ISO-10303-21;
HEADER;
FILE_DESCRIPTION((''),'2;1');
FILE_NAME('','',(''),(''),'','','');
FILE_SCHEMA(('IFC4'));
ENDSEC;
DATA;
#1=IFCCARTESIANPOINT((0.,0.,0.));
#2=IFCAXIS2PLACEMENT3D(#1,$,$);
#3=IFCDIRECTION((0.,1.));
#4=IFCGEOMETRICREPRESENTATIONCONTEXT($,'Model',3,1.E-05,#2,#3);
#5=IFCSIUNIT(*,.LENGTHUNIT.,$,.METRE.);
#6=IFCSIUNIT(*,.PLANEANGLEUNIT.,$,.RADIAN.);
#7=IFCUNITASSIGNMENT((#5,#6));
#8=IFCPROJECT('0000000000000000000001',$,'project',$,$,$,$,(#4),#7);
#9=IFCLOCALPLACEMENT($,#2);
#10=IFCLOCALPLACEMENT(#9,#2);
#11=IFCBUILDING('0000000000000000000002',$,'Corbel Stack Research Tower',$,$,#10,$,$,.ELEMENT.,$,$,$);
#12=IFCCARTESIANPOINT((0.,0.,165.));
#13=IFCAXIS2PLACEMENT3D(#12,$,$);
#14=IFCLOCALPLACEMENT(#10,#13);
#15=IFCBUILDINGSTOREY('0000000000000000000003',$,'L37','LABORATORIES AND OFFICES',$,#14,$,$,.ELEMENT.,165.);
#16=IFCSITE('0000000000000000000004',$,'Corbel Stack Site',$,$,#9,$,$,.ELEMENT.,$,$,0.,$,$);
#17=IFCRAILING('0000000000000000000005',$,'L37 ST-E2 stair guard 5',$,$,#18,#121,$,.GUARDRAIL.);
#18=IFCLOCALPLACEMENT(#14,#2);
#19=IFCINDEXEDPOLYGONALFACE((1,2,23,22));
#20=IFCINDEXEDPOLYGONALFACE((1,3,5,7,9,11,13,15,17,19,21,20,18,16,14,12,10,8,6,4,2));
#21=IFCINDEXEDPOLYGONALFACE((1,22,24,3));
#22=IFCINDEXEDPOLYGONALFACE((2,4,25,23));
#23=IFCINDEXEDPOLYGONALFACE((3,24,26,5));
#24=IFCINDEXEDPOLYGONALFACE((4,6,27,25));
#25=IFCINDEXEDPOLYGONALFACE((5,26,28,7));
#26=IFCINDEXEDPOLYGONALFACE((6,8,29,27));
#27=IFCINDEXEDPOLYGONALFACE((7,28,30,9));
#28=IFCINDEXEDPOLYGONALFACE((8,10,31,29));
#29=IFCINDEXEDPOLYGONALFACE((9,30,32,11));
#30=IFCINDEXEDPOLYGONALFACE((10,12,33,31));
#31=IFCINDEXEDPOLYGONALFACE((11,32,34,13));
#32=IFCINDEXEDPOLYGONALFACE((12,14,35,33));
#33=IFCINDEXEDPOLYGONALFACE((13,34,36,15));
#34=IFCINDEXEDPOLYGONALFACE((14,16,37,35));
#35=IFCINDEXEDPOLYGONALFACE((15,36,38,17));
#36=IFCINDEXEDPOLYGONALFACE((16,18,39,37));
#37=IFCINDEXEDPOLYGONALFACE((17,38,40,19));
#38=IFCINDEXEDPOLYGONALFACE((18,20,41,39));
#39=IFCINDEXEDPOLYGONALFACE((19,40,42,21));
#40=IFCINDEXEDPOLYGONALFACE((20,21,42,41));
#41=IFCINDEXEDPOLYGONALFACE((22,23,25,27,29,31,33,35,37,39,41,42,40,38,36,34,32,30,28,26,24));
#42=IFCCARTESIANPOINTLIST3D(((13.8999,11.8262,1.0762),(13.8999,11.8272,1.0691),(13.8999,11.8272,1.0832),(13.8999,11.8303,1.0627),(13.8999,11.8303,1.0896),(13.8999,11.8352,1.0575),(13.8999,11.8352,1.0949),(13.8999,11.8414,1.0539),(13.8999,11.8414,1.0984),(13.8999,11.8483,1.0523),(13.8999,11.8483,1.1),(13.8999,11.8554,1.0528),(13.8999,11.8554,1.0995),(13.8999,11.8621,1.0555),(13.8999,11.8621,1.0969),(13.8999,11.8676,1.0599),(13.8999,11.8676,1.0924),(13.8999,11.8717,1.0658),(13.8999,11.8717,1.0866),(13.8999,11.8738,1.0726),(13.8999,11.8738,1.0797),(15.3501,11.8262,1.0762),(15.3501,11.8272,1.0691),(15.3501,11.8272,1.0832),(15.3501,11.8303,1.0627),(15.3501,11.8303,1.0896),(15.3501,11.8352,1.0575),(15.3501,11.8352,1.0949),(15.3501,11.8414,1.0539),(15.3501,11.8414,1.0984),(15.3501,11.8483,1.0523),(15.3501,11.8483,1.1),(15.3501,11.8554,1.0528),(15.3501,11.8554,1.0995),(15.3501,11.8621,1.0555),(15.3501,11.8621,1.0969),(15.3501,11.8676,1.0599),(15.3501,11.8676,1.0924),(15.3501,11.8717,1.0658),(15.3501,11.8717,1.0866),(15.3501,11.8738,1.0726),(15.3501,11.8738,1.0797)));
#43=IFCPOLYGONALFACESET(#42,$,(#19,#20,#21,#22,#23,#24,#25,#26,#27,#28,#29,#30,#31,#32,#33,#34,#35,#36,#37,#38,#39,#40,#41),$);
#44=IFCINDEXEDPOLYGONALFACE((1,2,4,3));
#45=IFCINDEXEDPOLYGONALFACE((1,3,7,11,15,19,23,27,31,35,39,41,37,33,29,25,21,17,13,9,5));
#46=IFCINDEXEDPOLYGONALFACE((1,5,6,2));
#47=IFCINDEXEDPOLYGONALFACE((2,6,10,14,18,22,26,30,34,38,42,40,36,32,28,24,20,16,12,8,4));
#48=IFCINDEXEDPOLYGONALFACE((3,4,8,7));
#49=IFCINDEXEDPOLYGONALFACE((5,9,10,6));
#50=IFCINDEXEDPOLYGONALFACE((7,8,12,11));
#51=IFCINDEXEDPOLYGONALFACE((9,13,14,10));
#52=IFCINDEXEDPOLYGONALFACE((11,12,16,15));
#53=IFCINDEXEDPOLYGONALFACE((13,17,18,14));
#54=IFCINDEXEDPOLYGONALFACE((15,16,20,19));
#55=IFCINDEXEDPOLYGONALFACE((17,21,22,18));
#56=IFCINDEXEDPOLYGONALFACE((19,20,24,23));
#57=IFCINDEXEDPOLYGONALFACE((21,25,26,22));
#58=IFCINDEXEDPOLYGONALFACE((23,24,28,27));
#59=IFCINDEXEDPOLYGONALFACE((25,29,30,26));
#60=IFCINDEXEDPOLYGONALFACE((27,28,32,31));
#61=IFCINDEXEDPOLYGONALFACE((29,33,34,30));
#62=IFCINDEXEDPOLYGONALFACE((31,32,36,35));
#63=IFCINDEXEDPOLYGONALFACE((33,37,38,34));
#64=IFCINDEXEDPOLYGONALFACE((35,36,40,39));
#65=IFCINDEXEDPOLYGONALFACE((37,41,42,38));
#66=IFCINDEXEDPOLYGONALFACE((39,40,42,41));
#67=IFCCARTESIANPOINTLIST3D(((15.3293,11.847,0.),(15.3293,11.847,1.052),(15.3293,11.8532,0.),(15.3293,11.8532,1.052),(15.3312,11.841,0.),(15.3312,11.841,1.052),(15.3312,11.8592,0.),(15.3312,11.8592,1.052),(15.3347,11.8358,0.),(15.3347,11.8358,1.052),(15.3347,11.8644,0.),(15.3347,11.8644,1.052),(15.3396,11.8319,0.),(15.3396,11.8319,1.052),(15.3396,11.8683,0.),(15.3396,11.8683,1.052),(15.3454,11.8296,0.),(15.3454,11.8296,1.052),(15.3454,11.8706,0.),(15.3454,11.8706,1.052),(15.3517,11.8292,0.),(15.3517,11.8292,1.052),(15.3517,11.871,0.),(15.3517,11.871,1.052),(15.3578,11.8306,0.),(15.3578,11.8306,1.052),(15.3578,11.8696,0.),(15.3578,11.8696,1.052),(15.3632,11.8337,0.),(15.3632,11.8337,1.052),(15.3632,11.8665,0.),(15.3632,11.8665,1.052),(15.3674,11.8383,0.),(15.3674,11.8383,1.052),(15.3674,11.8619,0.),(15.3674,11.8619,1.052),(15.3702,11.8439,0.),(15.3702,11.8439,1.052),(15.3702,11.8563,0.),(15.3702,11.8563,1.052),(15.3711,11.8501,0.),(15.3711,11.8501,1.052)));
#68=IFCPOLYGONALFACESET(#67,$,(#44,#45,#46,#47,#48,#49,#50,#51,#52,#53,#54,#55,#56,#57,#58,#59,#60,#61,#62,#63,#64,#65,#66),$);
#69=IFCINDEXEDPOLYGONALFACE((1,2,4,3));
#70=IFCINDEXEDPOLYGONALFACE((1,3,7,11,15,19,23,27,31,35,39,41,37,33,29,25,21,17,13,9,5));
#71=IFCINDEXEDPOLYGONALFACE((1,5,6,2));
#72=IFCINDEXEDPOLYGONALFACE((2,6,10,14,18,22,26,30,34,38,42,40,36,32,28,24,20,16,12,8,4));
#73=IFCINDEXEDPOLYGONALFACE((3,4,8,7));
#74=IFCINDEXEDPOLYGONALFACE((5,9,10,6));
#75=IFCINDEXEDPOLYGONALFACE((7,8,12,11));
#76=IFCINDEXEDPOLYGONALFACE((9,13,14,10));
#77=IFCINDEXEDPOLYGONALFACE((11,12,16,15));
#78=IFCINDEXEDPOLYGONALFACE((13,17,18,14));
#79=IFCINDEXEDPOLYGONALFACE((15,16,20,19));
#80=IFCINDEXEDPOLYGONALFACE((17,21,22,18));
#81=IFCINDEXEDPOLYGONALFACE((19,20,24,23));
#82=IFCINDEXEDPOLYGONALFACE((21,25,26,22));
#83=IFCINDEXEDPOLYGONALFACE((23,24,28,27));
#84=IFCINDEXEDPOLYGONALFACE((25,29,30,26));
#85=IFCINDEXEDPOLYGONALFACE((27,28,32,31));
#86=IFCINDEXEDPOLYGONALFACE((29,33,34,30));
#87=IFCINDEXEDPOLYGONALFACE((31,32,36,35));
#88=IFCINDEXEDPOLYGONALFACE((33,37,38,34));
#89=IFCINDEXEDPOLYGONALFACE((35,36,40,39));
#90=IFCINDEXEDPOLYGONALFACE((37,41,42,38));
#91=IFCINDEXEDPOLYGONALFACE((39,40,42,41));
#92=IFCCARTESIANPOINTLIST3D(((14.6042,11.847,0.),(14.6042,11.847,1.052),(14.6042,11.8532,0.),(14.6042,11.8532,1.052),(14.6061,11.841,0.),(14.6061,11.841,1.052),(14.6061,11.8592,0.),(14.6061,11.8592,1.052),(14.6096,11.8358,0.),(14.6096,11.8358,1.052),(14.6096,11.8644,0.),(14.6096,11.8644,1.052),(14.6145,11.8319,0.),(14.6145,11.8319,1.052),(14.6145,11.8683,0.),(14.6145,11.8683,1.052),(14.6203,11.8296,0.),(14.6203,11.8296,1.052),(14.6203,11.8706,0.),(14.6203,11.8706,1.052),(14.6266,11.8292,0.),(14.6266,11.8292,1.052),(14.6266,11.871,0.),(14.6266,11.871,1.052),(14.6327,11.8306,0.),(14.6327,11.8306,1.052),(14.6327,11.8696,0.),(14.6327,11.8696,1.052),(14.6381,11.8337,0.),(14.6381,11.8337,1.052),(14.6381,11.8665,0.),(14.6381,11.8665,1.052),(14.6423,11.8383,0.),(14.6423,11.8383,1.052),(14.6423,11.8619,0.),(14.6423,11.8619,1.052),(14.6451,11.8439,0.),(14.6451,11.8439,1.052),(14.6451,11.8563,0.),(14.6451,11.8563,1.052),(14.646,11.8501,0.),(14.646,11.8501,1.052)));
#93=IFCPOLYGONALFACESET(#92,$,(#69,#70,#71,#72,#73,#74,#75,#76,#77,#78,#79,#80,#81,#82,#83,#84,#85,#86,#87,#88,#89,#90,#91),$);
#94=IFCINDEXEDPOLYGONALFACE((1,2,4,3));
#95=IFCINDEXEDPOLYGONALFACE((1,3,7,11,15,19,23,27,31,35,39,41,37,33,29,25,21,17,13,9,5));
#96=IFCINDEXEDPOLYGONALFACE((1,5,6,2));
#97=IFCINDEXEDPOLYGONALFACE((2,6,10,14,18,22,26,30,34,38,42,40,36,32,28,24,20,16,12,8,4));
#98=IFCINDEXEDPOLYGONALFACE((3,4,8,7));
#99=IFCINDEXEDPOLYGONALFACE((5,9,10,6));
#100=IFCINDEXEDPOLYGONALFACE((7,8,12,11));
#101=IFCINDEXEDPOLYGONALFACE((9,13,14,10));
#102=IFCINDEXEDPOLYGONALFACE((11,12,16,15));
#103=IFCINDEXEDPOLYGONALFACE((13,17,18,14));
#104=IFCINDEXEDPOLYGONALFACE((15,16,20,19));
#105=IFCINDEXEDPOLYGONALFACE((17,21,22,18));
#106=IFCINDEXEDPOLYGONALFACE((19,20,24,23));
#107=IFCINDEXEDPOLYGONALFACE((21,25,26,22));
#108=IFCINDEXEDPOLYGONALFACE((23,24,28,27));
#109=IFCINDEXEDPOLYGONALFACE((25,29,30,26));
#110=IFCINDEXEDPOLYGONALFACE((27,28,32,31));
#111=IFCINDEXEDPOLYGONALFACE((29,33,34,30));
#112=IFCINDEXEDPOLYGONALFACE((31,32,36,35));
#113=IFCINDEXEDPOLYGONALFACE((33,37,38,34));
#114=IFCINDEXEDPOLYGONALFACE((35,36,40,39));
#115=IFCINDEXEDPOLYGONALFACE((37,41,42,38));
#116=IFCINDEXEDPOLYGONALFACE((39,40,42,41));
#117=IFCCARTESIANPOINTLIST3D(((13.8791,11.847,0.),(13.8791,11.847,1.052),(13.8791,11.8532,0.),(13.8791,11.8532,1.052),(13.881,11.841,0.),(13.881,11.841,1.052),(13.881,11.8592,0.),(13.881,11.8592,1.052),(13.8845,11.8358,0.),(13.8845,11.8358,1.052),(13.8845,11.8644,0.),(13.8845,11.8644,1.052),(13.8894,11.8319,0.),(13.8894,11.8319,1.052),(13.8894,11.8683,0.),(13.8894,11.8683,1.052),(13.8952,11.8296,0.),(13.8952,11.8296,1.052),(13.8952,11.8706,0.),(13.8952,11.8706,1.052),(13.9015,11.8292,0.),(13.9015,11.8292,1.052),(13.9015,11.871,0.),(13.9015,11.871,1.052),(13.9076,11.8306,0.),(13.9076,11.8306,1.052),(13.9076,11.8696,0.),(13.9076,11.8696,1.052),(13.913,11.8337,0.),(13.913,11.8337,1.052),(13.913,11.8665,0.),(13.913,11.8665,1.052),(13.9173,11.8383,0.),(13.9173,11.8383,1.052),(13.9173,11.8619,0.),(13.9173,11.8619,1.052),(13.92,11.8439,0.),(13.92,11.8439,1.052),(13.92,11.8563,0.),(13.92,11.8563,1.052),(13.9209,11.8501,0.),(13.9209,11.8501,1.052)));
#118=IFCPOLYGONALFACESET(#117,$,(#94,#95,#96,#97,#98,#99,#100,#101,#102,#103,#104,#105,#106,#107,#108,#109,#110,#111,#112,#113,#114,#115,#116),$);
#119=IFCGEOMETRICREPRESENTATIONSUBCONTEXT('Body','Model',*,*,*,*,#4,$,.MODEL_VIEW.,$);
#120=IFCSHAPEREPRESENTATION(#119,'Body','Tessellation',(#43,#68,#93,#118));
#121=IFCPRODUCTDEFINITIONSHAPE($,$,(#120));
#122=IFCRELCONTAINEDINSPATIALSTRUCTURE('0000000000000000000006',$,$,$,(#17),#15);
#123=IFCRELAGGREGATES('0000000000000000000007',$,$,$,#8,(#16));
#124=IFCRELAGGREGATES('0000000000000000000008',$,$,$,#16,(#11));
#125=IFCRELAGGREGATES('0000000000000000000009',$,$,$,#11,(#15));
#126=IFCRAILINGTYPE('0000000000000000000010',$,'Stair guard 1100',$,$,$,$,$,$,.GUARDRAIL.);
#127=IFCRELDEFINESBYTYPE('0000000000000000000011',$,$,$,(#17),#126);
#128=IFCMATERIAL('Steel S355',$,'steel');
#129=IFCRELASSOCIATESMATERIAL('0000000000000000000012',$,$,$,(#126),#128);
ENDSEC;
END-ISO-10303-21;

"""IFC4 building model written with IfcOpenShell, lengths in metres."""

from ifc_helpers import new_model, si_unit, direction, frame, origin, origin_2d, place, context, subcontext, project, spatial, circle, extrude, material, type_object, element, save


model = new_model("IFC4")

# Units and contexts
model_context = context("Model", 3, precision=1e-05, world=origin(), true_north=direction((0.0, 1.0)))
body_context = subcontext(model_context, "Body", "Model", "MODEL_VIEW")
ifc_project = project(units=[si_unit("LENGTHUNIT", "METRE"), si_unit("PLANEANGLEUNIT", "RADIAN")], contexts=[model_context])

# Site, building, storey
site_placement = place(None, origin())
site = spatial("IfcSite", under=ifc_project, at=site_placement, Name="Corbel Stack Site", CompositionType="ELEMENT", RefElevation=0.0)
building_placement = place(site_placement, origin())
building = spatial("IfcBuilding", under=site, at=building_placement, Name="Corbel Stack Research Tower", CompositionType="ELEMENT")
storey_placement = place(building_placement, frame((0.0, 0.0, 165.0)))
storey = spatial("IfcBuildingStorey", under=building, at=storey_placement, Name="L37", Description="LABORATORIES AND OFFICES", CompositionType="ELEMENT", Elevation=165.0)

# Railing
ifc_material_1 = material(Name="Steel S355", Category="steel")
railing_type_1 = type_object("IfcRailingType", Name="Stair guard 1100", PredefinedType="GUARDRAIL", material=ifc_material_1)
railing_1_placement = place(storey_placement, frame((15.3501, 11.8501, 0.0)))
element("IfcRailing", 1, at=railing_1_placement, inside=storey, type_object=railing_type_1, Name="L37 ST-E2 stair guard 5", PredefinedType="GUARDRAIL", context=body_context, shape_type="SweptSolid", body=[
    extrude(circle(Radius=0.0239, at=origin_2d()), frame((0.0, 0.0, 1.0762), z_axis=(-1.0, 0.0, 0.0), x_axis=(0.0, -1.0, 0.0)), (0.0, 0.0, 1.0), 1.4502),
    extrude(circle(Radius=0.021, at=origin_2d()), origin(), (0.0, 0.0, 1.0), 1.052),
    extrude(circle(Radius=0.021, at=origin_2d()), frame((-0.7251, 0.0, 0.0)), (0.0, 0.0, 1.0), 1.052),
    extrude(circle(Radius=0.021, at=origin_2d()), frame((-1.4502, 0.0, 0.0)), (0.0, 0.0, 1.0), 1.052),
])

save(model, "model.ifc")
